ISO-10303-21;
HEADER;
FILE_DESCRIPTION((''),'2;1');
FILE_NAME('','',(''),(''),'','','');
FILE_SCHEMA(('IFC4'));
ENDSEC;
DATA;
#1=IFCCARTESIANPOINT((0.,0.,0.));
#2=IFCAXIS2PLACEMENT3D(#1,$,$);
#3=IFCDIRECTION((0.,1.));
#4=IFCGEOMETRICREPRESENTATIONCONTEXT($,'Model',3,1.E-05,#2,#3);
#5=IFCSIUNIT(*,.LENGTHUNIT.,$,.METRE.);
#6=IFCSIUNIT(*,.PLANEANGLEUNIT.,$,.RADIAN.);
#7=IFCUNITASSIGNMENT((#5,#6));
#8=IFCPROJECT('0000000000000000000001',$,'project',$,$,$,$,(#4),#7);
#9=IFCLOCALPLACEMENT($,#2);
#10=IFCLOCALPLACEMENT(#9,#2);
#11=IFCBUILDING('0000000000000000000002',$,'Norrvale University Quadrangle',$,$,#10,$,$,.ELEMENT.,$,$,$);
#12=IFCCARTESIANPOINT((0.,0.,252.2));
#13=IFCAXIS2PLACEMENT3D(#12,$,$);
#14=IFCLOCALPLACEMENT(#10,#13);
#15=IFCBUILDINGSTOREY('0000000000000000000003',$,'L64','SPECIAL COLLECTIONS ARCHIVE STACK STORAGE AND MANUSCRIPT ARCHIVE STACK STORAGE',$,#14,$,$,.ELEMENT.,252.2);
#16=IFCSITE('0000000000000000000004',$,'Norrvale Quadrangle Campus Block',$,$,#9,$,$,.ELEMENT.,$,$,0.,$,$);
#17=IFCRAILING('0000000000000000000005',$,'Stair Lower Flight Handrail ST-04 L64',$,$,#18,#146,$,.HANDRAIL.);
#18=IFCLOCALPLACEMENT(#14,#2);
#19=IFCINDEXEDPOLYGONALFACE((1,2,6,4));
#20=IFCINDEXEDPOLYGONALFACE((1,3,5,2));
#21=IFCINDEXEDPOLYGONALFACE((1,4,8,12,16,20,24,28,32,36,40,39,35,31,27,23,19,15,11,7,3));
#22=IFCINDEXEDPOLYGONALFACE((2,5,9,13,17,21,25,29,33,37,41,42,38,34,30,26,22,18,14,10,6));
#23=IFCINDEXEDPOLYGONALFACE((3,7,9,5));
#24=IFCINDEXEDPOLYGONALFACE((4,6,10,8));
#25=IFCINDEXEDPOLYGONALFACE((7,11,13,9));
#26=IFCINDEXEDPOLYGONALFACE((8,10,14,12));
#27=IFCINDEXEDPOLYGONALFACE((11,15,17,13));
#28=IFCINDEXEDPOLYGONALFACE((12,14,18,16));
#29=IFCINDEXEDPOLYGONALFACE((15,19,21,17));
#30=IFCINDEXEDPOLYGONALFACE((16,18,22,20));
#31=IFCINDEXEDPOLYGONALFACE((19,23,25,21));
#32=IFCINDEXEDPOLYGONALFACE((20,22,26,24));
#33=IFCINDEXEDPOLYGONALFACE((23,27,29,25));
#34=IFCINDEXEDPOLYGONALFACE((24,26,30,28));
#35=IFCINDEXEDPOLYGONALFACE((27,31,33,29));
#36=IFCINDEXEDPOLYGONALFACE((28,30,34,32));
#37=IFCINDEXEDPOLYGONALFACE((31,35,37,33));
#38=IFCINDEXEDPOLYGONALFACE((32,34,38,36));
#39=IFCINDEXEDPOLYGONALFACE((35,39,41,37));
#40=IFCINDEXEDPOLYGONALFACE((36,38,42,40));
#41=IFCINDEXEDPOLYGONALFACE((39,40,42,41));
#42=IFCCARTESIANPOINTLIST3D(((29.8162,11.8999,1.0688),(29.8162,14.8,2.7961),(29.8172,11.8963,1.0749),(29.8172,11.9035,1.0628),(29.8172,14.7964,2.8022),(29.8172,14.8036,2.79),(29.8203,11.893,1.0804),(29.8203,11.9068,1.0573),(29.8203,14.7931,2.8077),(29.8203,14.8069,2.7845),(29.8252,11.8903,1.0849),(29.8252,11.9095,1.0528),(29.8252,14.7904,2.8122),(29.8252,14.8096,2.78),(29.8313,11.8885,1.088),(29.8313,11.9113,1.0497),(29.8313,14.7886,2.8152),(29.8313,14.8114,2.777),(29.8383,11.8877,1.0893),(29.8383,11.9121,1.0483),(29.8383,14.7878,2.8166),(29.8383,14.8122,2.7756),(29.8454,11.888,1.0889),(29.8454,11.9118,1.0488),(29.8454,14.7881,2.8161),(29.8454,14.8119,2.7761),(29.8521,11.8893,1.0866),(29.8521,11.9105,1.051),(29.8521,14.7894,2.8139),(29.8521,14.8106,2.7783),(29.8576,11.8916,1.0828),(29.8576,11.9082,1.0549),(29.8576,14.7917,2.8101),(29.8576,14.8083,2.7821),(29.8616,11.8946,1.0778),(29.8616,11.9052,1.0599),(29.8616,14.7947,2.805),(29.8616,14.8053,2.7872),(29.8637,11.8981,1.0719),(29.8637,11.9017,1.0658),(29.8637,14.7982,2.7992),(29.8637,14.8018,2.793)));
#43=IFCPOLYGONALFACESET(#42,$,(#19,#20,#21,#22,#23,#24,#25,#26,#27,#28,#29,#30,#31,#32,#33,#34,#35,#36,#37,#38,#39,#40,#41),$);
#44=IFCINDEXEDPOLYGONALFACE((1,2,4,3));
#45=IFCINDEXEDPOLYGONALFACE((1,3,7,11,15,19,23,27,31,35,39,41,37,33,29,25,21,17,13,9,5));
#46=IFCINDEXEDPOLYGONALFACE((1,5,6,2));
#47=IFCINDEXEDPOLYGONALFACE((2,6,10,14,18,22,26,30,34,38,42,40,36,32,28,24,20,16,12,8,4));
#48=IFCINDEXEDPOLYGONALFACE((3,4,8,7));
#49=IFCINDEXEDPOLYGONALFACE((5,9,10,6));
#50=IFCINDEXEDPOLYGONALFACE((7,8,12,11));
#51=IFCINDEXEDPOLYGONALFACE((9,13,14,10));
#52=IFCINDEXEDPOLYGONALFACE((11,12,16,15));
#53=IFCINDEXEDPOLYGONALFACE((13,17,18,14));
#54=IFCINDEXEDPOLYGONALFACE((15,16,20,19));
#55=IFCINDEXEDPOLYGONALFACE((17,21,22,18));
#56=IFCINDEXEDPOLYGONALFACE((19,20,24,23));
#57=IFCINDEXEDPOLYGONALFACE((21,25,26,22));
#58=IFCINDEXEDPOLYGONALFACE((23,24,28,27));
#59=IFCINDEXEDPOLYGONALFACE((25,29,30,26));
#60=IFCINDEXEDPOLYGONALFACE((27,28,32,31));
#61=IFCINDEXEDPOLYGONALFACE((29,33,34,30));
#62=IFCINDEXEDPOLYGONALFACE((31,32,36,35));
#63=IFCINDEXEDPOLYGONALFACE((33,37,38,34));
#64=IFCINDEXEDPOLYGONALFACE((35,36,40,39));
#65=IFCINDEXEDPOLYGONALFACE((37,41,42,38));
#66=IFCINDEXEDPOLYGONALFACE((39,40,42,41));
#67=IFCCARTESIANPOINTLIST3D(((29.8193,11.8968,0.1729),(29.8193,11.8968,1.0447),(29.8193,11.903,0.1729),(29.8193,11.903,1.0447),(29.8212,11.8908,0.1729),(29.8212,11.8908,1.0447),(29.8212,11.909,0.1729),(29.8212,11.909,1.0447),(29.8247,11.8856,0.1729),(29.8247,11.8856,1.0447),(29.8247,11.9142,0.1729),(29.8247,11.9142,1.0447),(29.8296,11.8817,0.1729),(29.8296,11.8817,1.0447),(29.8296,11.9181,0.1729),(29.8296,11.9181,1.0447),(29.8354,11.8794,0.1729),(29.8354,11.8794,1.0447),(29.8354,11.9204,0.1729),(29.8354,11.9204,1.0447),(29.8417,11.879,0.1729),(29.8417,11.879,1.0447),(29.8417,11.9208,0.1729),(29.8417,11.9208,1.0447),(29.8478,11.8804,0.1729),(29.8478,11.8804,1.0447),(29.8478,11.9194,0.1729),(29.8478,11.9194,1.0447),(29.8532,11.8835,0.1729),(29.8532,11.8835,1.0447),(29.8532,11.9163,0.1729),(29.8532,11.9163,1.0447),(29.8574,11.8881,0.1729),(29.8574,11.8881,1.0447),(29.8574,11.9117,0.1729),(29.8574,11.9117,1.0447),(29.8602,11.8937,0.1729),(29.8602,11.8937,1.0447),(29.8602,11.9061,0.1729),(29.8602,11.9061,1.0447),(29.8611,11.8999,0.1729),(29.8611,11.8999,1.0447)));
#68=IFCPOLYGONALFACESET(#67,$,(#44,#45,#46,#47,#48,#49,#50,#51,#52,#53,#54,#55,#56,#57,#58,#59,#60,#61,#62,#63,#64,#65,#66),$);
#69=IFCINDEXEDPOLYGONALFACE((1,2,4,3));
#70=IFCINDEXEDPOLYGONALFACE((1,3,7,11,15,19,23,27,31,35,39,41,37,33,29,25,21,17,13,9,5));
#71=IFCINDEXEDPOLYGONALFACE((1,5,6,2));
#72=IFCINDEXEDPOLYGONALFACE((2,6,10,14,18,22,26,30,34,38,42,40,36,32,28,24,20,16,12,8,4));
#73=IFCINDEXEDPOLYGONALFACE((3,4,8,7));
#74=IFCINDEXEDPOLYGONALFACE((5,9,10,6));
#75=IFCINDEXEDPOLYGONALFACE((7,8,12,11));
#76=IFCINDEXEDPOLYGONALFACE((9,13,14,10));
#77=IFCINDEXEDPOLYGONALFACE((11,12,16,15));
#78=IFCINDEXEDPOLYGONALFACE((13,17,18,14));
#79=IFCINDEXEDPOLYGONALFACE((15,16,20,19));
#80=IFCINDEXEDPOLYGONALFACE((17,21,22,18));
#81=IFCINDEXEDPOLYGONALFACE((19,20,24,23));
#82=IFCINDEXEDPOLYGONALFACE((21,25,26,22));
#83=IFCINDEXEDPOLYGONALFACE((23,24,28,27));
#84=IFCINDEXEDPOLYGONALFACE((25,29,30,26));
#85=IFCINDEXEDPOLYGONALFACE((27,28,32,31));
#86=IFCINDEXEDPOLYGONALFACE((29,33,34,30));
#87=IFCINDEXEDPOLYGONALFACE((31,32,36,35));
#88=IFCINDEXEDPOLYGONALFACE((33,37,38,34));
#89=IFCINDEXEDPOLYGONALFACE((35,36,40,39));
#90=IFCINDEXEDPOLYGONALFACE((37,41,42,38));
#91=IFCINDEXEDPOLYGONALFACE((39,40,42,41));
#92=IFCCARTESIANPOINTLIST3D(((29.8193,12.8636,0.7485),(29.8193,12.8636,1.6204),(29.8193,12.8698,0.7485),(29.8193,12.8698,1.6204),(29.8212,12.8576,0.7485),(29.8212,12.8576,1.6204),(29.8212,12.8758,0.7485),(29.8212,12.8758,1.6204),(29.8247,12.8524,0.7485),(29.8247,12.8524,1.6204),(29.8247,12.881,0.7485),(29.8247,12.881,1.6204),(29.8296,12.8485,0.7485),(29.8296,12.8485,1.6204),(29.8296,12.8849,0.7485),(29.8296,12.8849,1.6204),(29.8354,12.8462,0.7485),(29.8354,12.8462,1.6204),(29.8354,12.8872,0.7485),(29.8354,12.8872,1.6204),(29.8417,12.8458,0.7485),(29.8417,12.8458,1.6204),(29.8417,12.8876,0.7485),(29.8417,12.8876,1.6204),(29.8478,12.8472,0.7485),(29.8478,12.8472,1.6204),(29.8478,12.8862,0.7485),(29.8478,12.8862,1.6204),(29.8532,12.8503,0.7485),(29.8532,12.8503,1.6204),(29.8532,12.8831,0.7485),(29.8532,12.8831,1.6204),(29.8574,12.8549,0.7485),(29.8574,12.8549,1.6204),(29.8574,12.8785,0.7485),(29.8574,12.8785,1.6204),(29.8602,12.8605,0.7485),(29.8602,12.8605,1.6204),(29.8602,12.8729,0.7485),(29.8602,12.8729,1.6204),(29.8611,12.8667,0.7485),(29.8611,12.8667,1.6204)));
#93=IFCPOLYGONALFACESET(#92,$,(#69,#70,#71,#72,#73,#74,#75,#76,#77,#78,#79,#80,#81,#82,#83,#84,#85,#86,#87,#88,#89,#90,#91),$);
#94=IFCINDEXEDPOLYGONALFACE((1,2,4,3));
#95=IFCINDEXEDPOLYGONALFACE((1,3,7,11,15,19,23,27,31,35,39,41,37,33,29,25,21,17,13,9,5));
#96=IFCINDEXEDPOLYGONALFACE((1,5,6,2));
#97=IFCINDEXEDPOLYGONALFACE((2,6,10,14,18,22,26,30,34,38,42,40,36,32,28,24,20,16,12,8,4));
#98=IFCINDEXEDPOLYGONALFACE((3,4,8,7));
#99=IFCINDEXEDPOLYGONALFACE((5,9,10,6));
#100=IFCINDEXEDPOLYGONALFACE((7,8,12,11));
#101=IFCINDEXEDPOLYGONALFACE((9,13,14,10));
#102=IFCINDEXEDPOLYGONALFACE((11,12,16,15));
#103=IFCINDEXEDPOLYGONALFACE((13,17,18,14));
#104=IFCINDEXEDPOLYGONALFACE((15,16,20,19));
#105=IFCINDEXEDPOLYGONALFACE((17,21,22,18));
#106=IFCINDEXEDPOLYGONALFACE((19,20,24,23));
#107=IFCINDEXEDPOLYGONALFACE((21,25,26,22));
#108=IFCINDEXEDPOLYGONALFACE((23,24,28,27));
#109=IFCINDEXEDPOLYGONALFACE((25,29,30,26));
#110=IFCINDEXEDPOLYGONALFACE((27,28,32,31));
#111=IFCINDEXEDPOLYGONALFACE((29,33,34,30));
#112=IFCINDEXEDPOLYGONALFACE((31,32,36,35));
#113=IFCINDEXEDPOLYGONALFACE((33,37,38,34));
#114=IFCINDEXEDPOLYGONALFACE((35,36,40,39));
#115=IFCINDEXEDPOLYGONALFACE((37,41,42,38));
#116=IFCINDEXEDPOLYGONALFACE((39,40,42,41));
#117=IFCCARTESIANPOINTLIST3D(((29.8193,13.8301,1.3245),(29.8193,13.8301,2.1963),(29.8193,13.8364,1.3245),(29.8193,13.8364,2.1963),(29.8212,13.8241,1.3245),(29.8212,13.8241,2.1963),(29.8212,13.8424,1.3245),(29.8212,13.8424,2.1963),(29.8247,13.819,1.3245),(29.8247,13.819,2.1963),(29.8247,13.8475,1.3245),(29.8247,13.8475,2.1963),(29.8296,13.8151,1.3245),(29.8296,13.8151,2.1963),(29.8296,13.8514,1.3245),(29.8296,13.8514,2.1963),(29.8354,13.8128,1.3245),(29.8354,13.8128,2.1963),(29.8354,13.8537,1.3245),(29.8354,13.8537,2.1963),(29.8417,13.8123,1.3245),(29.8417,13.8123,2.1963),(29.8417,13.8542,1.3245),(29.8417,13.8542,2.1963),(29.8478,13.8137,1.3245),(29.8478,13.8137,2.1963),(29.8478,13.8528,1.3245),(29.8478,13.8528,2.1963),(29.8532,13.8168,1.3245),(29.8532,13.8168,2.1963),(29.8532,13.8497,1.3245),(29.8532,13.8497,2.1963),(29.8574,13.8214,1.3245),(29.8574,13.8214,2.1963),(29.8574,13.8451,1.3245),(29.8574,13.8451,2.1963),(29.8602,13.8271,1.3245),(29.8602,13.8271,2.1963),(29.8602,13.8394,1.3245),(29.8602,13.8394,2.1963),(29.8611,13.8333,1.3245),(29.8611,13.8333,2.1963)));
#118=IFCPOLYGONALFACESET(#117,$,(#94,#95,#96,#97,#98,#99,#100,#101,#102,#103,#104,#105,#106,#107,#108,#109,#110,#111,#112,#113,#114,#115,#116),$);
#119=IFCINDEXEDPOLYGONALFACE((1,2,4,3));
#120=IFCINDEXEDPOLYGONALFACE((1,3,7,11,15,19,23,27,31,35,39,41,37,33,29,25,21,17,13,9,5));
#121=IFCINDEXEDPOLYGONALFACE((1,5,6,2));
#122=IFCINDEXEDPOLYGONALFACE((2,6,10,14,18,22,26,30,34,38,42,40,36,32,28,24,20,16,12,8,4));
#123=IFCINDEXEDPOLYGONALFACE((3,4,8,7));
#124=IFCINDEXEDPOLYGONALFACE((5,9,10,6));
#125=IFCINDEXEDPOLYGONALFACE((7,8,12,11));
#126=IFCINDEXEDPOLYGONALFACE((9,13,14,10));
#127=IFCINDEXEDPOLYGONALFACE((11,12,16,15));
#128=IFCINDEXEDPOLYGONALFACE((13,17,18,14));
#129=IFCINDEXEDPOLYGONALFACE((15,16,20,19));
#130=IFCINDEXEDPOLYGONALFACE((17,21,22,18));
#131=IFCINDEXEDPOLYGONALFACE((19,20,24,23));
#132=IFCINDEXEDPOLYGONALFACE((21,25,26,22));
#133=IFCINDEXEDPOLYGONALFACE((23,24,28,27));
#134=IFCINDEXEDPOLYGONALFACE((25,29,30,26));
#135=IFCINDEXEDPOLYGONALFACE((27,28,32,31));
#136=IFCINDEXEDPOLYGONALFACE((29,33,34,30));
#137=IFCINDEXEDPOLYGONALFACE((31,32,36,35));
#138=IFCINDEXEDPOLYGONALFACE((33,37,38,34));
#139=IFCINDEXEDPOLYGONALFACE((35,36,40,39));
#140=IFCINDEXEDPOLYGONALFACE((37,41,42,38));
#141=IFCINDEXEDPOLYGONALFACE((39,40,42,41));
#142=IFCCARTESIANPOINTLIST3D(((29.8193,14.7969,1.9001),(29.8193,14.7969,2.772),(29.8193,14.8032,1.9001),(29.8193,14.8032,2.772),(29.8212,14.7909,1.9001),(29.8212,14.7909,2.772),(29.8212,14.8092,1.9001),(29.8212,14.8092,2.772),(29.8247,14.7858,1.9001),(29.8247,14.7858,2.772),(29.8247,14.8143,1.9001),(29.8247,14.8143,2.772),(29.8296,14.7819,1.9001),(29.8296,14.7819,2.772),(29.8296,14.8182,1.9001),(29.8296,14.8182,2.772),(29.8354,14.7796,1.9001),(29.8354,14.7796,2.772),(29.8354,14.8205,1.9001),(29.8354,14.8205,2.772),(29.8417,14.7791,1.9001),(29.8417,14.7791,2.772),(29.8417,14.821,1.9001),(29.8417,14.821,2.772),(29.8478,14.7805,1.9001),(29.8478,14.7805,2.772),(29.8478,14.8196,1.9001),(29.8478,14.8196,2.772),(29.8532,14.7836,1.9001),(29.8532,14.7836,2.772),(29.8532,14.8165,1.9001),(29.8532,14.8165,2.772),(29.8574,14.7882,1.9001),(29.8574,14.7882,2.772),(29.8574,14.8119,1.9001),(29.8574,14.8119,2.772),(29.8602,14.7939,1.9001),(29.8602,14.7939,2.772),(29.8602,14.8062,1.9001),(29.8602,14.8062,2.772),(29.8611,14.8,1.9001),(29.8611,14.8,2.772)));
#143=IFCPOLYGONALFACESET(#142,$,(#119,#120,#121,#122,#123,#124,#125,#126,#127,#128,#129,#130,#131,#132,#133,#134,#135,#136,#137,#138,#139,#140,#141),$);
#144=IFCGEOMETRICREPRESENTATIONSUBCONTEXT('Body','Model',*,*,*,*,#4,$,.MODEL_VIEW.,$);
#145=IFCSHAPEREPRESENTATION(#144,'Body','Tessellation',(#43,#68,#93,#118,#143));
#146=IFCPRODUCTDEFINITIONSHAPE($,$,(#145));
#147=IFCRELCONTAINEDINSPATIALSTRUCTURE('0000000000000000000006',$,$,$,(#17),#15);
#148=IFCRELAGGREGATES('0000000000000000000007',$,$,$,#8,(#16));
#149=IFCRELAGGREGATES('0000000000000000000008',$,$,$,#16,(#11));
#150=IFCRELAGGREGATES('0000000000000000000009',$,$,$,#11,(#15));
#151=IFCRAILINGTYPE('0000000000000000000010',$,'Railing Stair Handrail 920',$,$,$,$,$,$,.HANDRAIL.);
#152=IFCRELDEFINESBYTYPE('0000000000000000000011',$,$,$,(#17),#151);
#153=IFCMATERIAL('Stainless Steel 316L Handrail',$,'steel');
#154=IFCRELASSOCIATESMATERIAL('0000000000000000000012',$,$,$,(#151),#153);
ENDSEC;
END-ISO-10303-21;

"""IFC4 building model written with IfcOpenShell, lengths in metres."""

from ifc_helpers import new_model, si_unit, direction, frame, origin, origin_2d, place, context, subcontext, project, spatial, circle, extrude, material, type_object, element, save


model = new_model("IFC4")

# Units and contexts
model_context = context("Model", 3, precision=1e-05, world=origin(), true_north=direction((0.0, 1.0)))
body_context = subcontext(model_context, "Body", "Model", "MODEL_VIEW")
ifc_project = project(units=[si_unit("LENGTHUNIT", "METRE"), si_unit("PLANEANGLEUNIT", "RADIAN")], contexts=[model_context])

# Site, building, storey
site_placement = place(None, origin())
site = spatial("IfcSite", under=ifc_project, at=site_placement, Name="Norrvale Quadrangle Campus Block", CompositionType="ELEMENT", RefElevation=0.0)
building_placement = place(site_placement, origin())
building = spatial("IfcBuilding", under=site, at=building_placement, Name="Norrvale University Quadrangle", CompositionType="ELEMENT")
storey_placement = place(building_placement, frame((0.0, 0.0, 252.2)))
storey = spatial("IfcBuildingStorey", under=building, at=storey_placement, Name="L64", Description="SPECIAL COLLECTIONS ARCHIVE STACK STORAGE AND MANUSCRIPT ARCHIVE STACK STORAGE", CompositionType="ELEMENT", Elevation=252.2)

# Railing
ifc_material_1 = material(Name="Stainless Steel 316L Handrail", Category="steel")
railing_type = type_object("IfcRailingType", Name="Railing Stair Handrail 920", PredefinedType="HANDRAIL", material=ifc_material_1)
railing_placement = place(storey_placement, frame((29.8401, 11.8999, 0.1729)))
element("IfcRailing", 1, at=railing_placement, inside=storey, type_object=railing_type, Name="Stair Lower Flight Handrail ST-04 L64", PredefinedType="HANDRAIL", context=body_context, shape_type="SweptSolid", body=[
    extrude(circle(Radius=0.0239, at=origin_2d()), frame((0.0, 0.0, 0.896), z_axis=(0.0, 0.85916, 0.511706), x_axis=(-1.0, 0.0, 0.0)), (0.0, 0.0, 1.0), 3.3755),
    extrude(circle(Radius=0.021, at=origin_2d()), origin(), (0.0, 0.0, 1.0), 0.8718),
    extrude(circle(Radius=0.021, at=origin_2d()), frame((0.0, 0.9668, 0.5757)), (0.0, 0.0, 1.0), 0.8718),
    extrude(circle(Radius=0.021, at=origin_2d()), frame((0.0, 1.9333, 1.1516)), (0.0, 0.0, 1.0), 0.8718),
    extrude(circle(Radius=0.021, at=origin_2d()), frame((0.0, 2.9001, 1.7273)), (0.0, 0.0, 1.0), 0.8718),
])

save(model, "model.ifc")
